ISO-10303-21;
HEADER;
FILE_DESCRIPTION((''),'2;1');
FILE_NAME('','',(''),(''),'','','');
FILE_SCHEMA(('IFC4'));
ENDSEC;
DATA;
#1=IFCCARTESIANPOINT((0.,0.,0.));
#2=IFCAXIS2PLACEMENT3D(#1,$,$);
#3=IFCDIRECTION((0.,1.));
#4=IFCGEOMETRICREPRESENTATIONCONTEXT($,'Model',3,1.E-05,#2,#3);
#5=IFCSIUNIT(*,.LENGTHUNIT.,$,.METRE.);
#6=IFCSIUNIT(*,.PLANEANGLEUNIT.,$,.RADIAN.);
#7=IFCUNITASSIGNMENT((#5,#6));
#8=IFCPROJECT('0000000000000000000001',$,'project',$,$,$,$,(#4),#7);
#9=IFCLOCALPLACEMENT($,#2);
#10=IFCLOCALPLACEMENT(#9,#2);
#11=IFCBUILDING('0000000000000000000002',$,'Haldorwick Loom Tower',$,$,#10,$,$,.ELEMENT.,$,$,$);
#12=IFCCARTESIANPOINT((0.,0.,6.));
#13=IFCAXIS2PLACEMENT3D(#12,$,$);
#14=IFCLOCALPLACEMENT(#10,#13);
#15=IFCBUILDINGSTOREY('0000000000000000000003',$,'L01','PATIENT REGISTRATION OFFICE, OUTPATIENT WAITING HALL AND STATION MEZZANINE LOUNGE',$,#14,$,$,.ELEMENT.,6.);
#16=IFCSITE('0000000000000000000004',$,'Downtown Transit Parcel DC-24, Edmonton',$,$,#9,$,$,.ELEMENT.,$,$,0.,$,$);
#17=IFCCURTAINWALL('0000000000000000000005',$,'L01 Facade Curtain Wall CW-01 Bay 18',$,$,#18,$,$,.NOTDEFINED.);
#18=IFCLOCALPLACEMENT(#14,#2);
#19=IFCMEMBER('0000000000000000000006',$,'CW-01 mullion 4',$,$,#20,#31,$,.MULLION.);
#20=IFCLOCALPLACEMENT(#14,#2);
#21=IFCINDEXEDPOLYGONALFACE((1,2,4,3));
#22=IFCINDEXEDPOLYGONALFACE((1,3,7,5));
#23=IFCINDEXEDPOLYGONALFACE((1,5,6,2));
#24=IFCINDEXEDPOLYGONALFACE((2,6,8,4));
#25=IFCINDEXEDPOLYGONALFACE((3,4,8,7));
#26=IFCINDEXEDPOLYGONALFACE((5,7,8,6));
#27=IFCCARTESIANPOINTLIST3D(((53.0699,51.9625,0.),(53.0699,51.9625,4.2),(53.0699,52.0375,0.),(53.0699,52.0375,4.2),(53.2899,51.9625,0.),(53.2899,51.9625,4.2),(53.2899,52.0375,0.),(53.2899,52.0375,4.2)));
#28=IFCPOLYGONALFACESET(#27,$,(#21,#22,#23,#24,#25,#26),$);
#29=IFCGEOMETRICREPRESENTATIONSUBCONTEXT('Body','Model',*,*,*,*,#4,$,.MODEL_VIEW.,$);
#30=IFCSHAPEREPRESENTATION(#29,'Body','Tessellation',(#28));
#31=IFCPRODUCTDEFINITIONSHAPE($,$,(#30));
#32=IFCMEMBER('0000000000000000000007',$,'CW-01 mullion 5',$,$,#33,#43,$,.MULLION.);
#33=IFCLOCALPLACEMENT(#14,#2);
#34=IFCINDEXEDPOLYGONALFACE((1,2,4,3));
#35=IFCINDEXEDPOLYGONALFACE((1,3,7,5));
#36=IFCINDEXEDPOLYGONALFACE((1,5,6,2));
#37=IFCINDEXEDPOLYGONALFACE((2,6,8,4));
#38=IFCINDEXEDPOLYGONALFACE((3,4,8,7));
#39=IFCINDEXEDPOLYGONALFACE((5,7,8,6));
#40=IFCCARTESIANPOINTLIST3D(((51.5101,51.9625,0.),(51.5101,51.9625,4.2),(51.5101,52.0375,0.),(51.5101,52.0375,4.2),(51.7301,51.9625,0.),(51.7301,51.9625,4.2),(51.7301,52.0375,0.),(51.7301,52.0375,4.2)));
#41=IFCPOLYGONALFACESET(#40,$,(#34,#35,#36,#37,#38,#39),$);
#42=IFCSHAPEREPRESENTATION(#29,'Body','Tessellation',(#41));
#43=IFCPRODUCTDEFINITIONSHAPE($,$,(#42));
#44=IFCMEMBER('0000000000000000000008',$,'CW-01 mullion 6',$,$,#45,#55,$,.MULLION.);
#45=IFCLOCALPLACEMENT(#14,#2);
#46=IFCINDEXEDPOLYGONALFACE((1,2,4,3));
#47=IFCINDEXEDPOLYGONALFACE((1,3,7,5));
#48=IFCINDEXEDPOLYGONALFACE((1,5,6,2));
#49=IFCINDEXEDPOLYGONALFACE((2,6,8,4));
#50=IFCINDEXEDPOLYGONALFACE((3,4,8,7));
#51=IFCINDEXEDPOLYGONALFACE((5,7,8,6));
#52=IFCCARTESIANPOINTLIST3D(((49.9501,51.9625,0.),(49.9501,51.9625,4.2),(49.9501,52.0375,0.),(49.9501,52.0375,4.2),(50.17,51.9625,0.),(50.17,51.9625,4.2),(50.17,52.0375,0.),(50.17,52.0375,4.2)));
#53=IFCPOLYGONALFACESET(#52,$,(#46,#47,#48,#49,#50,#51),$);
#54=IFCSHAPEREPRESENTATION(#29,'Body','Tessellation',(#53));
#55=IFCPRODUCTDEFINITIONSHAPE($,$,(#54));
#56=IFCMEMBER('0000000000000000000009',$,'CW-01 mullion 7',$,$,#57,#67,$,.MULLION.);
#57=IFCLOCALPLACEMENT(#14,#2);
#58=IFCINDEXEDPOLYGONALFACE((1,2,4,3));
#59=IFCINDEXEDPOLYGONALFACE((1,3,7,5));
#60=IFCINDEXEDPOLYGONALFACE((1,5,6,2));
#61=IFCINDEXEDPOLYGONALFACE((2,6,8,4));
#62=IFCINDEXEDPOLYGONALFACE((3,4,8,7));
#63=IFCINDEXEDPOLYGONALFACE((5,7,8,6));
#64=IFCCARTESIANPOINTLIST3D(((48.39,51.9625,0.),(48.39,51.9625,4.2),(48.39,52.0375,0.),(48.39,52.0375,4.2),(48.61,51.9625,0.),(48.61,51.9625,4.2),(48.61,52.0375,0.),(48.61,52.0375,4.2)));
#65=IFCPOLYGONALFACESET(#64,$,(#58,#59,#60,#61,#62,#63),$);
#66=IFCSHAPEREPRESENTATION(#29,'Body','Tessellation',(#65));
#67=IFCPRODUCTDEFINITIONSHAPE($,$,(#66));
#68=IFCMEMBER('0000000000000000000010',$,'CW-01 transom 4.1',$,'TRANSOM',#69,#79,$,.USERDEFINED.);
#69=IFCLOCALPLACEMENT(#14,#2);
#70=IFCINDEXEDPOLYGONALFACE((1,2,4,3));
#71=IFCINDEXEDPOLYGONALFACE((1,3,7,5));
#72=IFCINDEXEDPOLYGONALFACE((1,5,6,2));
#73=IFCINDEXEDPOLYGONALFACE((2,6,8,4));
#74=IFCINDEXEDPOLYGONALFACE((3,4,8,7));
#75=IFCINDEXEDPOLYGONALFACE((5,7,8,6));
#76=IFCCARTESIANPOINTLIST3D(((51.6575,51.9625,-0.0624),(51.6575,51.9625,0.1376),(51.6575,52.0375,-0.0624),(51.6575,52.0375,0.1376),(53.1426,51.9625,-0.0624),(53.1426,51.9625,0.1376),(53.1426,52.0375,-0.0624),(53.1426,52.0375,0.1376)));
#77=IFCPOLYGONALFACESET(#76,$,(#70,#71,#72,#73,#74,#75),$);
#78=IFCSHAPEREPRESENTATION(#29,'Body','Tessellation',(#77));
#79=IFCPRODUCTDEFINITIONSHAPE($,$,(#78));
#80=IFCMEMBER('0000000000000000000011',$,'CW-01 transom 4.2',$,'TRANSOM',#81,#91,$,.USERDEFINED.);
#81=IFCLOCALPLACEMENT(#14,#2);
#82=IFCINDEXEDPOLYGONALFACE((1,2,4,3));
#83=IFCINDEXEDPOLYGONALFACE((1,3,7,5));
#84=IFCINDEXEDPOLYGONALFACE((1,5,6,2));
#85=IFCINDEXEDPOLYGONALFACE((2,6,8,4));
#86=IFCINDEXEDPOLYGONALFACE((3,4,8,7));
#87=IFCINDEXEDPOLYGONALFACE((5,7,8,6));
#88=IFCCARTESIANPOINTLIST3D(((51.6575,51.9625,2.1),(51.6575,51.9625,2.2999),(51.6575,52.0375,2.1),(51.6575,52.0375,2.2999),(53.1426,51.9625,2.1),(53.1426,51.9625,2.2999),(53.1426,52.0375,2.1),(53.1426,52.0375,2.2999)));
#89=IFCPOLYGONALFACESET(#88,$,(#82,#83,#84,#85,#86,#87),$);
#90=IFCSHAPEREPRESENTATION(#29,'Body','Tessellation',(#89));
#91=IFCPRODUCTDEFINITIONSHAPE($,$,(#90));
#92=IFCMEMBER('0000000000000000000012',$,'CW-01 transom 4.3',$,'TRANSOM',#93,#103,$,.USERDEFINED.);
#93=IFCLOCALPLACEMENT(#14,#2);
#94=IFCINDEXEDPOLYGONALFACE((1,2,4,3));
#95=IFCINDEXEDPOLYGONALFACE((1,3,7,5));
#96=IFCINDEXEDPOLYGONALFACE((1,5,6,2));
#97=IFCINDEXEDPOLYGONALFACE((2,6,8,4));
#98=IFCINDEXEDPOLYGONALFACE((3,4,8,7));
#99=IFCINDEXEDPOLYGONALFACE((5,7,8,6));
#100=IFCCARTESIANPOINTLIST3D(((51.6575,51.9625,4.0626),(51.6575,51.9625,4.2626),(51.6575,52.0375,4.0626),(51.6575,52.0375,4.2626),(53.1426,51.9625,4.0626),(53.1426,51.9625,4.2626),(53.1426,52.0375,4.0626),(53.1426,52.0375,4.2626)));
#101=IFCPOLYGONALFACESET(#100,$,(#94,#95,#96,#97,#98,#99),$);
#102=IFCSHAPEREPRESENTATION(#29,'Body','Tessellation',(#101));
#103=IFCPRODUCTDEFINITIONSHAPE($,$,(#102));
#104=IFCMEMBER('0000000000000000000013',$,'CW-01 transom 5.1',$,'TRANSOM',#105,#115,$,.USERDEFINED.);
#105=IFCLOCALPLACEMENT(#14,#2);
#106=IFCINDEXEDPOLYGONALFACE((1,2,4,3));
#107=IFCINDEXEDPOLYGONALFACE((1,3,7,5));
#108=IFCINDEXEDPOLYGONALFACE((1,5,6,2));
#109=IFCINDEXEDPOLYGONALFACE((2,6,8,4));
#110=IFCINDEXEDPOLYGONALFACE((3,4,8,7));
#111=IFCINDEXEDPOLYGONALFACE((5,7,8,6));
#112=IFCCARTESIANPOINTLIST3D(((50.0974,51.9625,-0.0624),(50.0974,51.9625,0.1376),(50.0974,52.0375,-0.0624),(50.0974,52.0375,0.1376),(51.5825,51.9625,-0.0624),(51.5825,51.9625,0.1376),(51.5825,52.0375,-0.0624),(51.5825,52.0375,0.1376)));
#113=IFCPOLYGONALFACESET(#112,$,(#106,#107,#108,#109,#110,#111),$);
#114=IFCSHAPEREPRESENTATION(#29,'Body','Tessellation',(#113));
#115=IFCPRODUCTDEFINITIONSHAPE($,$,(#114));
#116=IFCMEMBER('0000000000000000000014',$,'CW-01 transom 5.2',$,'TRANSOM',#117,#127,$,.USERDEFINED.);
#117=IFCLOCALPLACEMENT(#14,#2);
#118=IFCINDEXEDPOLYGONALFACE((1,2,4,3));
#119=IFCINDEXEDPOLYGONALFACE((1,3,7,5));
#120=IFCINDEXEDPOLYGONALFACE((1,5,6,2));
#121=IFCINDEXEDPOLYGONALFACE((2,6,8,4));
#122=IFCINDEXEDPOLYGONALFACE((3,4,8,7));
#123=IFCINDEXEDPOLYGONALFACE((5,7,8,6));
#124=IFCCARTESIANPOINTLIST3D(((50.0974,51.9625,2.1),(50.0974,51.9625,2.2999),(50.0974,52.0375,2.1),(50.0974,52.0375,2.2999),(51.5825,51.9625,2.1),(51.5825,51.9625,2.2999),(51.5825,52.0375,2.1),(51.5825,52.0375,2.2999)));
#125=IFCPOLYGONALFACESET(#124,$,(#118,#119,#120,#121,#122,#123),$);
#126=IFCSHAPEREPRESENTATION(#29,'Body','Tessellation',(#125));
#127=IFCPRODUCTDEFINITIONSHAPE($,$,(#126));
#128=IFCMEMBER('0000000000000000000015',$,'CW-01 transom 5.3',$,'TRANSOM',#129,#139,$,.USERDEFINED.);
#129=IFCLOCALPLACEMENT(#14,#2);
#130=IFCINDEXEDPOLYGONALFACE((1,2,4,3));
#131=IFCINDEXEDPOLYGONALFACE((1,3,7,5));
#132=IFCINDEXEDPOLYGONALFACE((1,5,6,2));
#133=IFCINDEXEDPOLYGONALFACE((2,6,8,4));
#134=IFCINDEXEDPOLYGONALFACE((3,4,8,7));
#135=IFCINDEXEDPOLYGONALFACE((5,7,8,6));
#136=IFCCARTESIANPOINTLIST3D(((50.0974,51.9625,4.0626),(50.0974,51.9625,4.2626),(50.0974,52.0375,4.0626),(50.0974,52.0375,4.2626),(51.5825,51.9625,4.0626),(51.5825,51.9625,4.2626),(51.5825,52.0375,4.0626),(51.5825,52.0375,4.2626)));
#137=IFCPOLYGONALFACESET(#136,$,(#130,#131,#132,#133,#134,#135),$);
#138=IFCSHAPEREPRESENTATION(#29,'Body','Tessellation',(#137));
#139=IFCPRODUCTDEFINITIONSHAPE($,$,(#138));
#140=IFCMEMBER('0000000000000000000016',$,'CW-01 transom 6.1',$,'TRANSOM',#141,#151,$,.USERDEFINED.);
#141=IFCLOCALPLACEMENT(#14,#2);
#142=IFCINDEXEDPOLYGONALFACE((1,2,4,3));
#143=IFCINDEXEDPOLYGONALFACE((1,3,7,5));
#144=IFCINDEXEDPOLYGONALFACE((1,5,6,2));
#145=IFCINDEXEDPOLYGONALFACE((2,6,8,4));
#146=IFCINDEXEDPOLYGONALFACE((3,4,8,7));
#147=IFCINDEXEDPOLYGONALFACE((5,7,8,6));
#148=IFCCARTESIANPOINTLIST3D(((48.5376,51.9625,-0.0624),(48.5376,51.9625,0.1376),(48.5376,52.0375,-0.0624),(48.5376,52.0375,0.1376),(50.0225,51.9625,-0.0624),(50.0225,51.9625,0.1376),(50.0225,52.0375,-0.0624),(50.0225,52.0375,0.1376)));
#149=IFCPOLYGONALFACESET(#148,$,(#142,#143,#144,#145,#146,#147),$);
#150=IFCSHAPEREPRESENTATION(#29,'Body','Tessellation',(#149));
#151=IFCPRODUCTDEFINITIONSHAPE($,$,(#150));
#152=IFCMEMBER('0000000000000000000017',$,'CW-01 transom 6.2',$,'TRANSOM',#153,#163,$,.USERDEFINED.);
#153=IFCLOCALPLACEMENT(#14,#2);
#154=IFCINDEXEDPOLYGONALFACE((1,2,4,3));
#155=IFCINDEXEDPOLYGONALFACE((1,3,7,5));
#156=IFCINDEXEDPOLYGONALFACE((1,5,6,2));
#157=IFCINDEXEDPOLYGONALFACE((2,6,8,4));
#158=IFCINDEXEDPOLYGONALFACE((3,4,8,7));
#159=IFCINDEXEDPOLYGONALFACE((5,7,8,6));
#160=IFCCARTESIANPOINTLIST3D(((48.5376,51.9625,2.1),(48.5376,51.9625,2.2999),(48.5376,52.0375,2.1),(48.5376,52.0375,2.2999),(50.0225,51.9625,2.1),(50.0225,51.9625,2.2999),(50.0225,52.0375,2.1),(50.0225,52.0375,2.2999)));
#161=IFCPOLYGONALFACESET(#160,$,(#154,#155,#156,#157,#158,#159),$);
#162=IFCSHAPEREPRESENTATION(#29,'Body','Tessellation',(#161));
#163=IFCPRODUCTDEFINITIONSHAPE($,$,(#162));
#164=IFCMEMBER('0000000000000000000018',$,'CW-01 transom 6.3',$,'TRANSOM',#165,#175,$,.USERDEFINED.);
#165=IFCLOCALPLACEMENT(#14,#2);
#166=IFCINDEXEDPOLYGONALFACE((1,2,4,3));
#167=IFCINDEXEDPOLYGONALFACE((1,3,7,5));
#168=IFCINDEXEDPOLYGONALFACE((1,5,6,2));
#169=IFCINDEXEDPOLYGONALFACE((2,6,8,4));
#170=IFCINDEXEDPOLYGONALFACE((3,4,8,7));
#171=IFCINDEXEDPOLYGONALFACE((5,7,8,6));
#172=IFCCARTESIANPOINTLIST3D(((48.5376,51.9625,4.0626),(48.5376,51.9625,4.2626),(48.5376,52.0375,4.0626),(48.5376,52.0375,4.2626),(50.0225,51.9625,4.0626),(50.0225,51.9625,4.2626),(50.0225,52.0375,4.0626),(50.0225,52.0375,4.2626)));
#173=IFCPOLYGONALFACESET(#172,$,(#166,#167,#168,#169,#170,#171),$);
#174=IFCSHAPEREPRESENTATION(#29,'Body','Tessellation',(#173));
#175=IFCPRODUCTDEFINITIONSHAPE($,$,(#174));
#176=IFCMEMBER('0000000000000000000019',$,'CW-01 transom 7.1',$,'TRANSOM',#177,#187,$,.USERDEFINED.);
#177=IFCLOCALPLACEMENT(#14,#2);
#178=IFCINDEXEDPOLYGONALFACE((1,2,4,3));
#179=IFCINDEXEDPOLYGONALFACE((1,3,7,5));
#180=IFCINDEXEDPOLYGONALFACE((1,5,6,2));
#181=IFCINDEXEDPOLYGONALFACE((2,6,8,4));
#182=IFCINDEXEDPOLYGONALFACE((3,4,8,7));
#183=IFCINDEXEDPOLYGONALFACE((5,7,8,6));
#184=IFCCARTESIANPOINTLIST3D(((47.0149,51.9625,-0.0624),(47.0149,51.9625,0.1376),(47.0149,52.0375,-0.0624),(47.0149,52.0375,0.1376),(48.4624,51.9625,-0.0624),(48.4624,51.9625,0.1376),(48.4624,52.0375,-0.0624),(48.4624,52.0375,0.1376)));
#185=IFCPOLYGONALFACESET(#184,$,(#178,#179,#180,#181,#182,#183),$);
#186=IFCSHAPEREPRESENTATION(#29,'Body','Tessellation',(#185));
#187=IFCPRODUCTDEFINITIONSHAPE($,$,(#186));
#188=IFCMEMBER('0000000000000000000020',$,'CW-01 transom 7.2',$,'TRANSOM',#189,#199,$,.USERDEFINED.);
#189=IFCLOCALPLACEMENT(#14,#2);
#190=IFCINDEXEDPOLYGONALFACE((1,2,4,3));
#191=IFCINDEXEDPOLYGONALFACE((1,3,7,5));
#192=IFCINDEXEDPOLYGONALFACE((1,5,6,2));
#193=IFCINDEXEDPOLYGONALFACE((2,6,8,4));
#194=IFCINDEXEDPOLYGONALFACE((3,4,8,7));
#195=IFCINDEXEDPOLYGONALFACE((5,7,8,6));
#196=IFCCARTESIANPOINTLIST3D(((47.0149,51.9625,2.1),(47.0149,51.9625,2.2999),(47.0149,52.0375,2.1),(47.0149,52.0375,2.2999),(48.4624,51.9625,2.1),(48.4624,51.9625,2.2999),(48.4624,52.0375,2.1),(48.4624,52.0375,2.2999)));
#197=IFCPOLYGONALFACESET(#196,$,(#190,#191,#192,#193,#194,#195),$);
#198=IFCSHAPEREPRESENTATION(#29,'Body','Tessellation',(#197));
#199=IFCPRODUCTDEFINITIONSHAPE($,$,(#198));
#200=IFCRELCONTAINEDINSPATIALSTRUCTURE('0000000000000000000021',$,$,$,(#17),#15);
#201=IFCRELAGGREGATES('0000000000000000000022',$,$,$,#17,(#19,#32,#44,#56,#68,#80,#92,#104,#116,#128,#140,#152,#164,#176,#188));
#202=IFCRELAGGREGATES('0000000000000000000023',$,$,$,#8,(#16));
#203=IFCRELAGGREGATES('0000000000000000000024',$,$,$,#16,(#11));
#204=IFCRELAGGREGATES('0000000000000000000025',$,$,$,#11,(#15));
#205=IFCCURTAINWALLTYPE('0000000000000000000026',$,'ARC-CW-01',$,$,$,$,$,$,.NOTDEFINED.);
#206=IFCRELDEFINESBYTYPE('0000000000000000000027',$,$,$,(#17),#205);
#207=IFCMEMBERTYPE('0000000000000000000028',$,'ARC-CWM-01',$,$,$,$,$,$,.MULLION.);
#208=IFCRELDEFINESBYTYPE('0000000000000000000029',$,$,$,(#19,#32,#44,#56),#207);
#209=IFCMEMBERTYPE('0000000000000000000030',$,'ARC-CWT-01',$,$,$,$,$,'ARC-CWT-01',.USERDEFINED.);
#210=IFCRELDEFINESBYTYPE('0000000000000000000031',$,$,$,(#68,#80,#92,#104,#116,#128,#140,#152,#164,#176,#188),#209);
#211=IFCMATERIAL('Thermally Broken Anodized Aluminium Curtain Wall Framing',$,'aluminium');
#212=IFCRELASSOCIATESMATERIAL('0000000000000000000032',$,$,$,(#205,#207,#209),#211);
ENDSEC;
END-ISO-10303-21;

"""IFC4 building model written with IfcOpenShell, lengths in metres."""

from ifc_helpers import new_model, si_unit, direction, frame, origin, origin_2d, place, context, subcontext, project, spatial, rectangle, extrude, material, material_profile, profile_set, type_object, element, aggregate, save


model = new_model("IFC4")

# Units and contexts
model_context = context("Model", 3, precision=1e-05, world=origin(), true_north=direction((0.0, 1.0)))
body_context = subcontext(model_context, "Body", "Model", "MODEL_VIEW")
ifc_project = project(units=[si_unit("LENGTHUNIT", "METRE"), si_unit("PLANEANGLEUNIT", "RADIAN")], contexts=[model_context])

# Site, building, storey
site_placement = place(None, origin())
site = spatial("IfcSite", under=ifc_project, at=site_placement, Name="Downtown Transit Parcel DC-24, Edmonton", CompositionType="ELEMENT", RefElevation=0.0)
building_placement = place(site_placement, origin())
building = spatial("IfcBuilding", under=site, at=building_placement, Name="Haldorwick Loom Tower", CompositionType="ELEMENT")
storey_placement = place(building_placement, frame((0.0, 0.0, 6.0)))
storey = spatial("IfcBuildingStorey", under=building, at=storey_placement, Name="L01", Description="PATIENT REGISTRATION OFFICE, OUTPATIENT WAITING HALL AND STATION MEZZANINE LOUNGE", CompositionType="ELEMENT", Elevation=6.0)

# Curtain wall, members
ifc_material_1 = material(Name="Thermally Broken Anodized Aluminium Curtain Wall Framing", Category="aluminium")
curtain_wall_type = type_object("IfcCurtainWallType", Name="ARC-CW-01", PredefinedType="NOTDEFINED", material=ifc_material_1)
curtain_wall_placement = place(storey_placement, origin())
curtain_wall = element("IfcCurtainWall", 1, at=curtain_wall_placement, inside=storey, type_object=curtain_wall_type, Name="L01 Facade Curtain Wall CW-01 Bay 18", PredefinedType="NOTDEFINED")
ifc_material_profile_1 = material_profile(ifc_material_1, rectangle(XDim=0.075, YDim=0.22, at=origin_2d()), Name="ALU_MUL_75X220", Category="aluminium")
ifc_profile_set_1 = profile_set([ifc_material_profile_1], Name="Thermally Broken Anodized Aluminium Curtain Wall Framing")
member_type_1 = type_object("IfcMemberType", Name="ARC-CWM-01", PredefinedType="MULLION", material=ifc_profile_set_1)
member_1_placement = place(storey_placement, frame((53.1799, 52.0, 0.0), z_axis=(0.0, 0.0, 1.0), x_axis=(0.0, -1.0, 0.0)))
member_1 = element("IfcMember", 2, at=member_1_placement, type_object=member_type_1, Name="CW-01 mullion 4", PredefinedType="MULLION", context=body_context, shape_type="SweptSolid", body=[
    extrude(rectangle(XDim=0.075, YDim=0.22, at=origin_2d()), origin(), (0.0, 0.0, 1.0), 4.2),
])
member_2_placement = place(storey_placement, frame((51.6201, 52.0, 0.0), z_axis=(0.0, 0.0, 1.0), x_axis=(0.0, -1.0, 0.0)))
member_2 = element("IfcMember", 3, at=member_2_placement, type_object=member_type_1, Name="CW-01 mullion 5", PredefinedType="MULLION", context=body_context, shape_type="SweptSolid", body=[
    extrude(rectangle(XDim=0.075, YDim=0.22, at=origin_2d()), origin(), (0.0, 0.0, 1.0), 4.2),
])
member_3_placement = place(storey_placement, frame((50.0601, 52.0, 0.0), z_axis=(0.0, 0.0, 1.0), x_axis=(0.0, -1.0, 0.0)))
member_3 = element("IfcMember", 4, at=member_3_placement, type_object=member_type_1, Name="CW-01 mullion 6", PredefinedType="MULLION", context=body_context, shape_type="SweptSolid", body=[
    extrude(rectangle(XDim=0.075, YDim=0.22, at=origin_2d()), origin(), (0.0, 0.0, 1.0), 4.2),
])
member_4_placement = place(storey_placement, frame((48.5, 52.0, 0.0), z_axis=(0.0, 0.0, 1.0), x_axis=(0.0, -1.0, 0.0)))
member_4 = element("IfcMember", 5, at=member_4_placement, type_object=member_type_1, Name="CW-01 mullion 7", PredefinedType="MULLION", context=body_context, shape_type="SweptSolid", body=[
    extrude(rectangle(XDim=0.075, YDim=0.22, at=origin_2d()), origin(), (0.0, 0.0, 1.0), 4.2),
])
ifc_material_profile_2 = material_profile(ifc_material_1, rectangle(XDim=0.075, YDim=0.2, at=origin_2d()), Name="ALU_TRN_75X200", Category="aluminium")
ifc_profile_set_2 = profile_set([ifc_material_profile_2], Name="Thermally Broken Anodized Aluminium Curtain Wall Framing")
member_type_2 = type_object("IfcMemberType", Name="ARC-CWT-01", ElementType="ARC-CWT-01", PredefinedType="USERDEFINED", material=ifc_profile_set_2)
member_5_placement = place(storey_placement, frame((53.1426, 52.0, 0.0376), z_axis=(-1.0, 0.0, 0.0), x_axis=(0.0, -1.0, 0.0)))
member_5 = element("IfcMember", 6, at=member_5_placement, type_object=member_type_2, Name="CW-01 transom 4.1", ObjectType="TRANSOM", PredefinedType="USERDEFINED", context=body_context, shape_type="SweptSolid", body=[
    extrude(rectangle(XDim=0.075, YDim=0.2, at=origin_2d()), origin(), (0.0, 0.0, 1.0), 1.4851),
])
member_6_placement = place(storey_placement, frame((53.1426, 52.0, 2.2), z_axis=(-1.0, 0.0, 0.0), x_axis=(0.0, -1.0, 0.0)))
member_6 = element("IfcMember", 7, at=member_6_placement, type_object=member_type_2, Name="CW-01 transom 4.2", ObjectType="TRANSOM", PredefinedType="USERDEFINED", context=body_context, shape_type="SweptSolid", body=[
    extrude(rectangle(XDim=0.075, YDim=0.2, at=origin_2d()), origin(), (0.0, 0.0, 1.0), 1.4851),
])
member_7_placement = place(storey_placement, frame((53.1426, 52.0, 4.1626), z_axis=(-1.0, 0.0, 0.0), x_axis=(0.0, -1.0, 0.0)))
member_7 = element("IfcMember", 8, at=member_7_placement, type_object=member_type_2, Name="CW-01 transom 4.3", ObjectType="TRANSOM", PredefinedType="USERDEFINED", context=body_context, shape_type="SweptSolid", body=[
    extrude(rectangle(XDim=0.075, YDim=0.2, at=origin_2d()), origin(), (0.0, 0.0, 1.0), 1.4851),
])
member_8_placement = place(storey_placement, frame((51.5825, 52.0, 0.0376), z_axis=(-1.0, 0.0, 0.0), x_axis=(0.0, -1.0, 0.0)))
member_8 = element("IfcMember", 9, at=member_8_placement, type_object=member_type_2, Name="CW-01 transom 5.1", ObjectType="TRANSOM", PredefinedType="USERDEFINED", context=body_context, shape_type="SweptSolid", body=[
    extrude(rectangle(XDim=0.075, YDim=0.2, at=origin_2d()), origin(), (0.0, 0.0, 1.0), 1.4851),
])
member_9_placement = place(storey_placement, frame((51.5825, 52.0, 2.2), z_axis=(-1.0, 0.0, 0.0), x_axis=(0.0, -1.0, 0.0)))
member_9 = element("IfcMember", 10, at=member_9_placement, type_object=member_type_2, Name="CW-01 transom 5.2", ObjectType="TRANSOM", PredefinedType="USERDEFINED", context=body_context, shape_type="SweptSolid", body=[
    extrude(rectangle(XDim=0.075, YDim=0.2, at=origin_2d()), origin(), (0.0, 0.0, 1.0), 1.4851),
])
member_10_placement = place(storey_placement, frame((51.5825, 52.0, 4.1626), z_axis=(-1.0, 0.0, 0.0), x_axis=(0.0, -1.0, 0.0)))
member_10 = element("IfcMember", 11, at=member_10_placement, type_object=member_type_2, Name="CW-01 transom 5.3", ObjectType="TRANSOM", PredefinedType="USERDEFINED", context=body_context, shape_type="SweptSolid", body=[
    extrude(rectangle(XDim=0.075, YDim=0.2, at=origin_2d()), origin(), (0.0, 0.0, 1.0), 1.4851),
])
member_11_placement = place(storey_placement, frame((50.0225, 52.0, 0.0376), z_axis=(-1.0, 0.0, 0.0), x_axis=(0.0, -1.0, 0.0)))
member_11 = element("IfcMember", 12, at=member_11_placement, type_object=member_type_2, Name="CW-01 transom 6.1", ObjectType="TRANSOM", PredefinedType="USERDEFINED", context=body_context, shape_type="SweptSolid", body=[
    extrude(rectangle(XDim=0.075, YDim=0.2, at=origin_2d()), origin(), (0.0, 0.0, 1.0), 1.4849),
])
member_12_placement = place(storey_placement, frame((50.0225, 52.0, 2.2), z_axis=(-1.0, 0.0, 0.0), x_axis=(0.0, -1.0, 0.0)))
member_12 = element("IfcMember", 13, at=member_12_placement, type_object=member_type_2, Name="CW-01 transom 6.2", ObjectType="TRANSOM", PredefinedType="USERDEFINED", context=body_context, shape_type="SweptSolid", body=[
    extrude(rectangle(XDim=0.075, YDim=0.2, at=origin_2d()), origin(), (0.0, 0.0, 1.0), 1.4849),
])
member_13_placement = place(storey_placement, frame((50.0225, 52.0, 4.1626), z_axis=(-1.0, 0.0, 0.0), x_axis=(0.0, -1.0, 0.0)))
member_13 = element("IfcMember", 14, at=member_13_placement, type_object=member_type_2, Name="CW-01 transom 6.3", ObjectType="TRANSOM", PredefinedType="USERDEFINED", context=body_context, shape_type="SweptSolid", body=[
    extrude(rectangle(XDim=0.075, YDim=0.2, at=origin_2d()), origin(), (0.0, 0.0, 1.0), 1.4849),
])
member_14_placement = place(storey_placement, frame((48.4624, 52.0, 0.0376), z_axis=(-1.0, 0.0, 0.0), x_axis=(0.0, -1.0, 0.0)))
member_14 = element("IfcMember", 15, at=member_14_placement, type_object=member_type_2, Name="CW-01 transom 7.1", ObjectType="TRANSOM", PredefinedType="USERDEFINED", context=body_context, shape_type="SweptSolid", body=[
    extrude(rectangle(XDim=0.075, YDim=0.2, at=origin_2d()), origin(), (0.0, 0.0, 1.0), 1.4475),
])
member_15_placement = place(storey_placement, frame((48.4624, 52.0, 2.2), z_axis=(-1.0, 0.0, 0.0), x_axis=(0.0, -1.0, 0.0)))
member_15 = element("IfcMember", 16, at=member_15_placement, type_object=member_type_2, Name="CW-01 transom 7.2", ObjectType="TRANSOM", PredefinedType="USERDEFINED", context=body_context, shape_type="SweptSolid", body=[
    extrude(rectangle(XDim=0.075, YDim=0.2, at=origin_2d()), origin(), (0.0, 0.0, 1.0), 1.4475),
])
aggregate(curtain_wall, [member_1, member_2, member_3, member_4, member_5, member_6, member_7, member_8, member_9, member_10, member_11, member_12, member_13, member_14, member_15])

save(model, "model.ifc")
